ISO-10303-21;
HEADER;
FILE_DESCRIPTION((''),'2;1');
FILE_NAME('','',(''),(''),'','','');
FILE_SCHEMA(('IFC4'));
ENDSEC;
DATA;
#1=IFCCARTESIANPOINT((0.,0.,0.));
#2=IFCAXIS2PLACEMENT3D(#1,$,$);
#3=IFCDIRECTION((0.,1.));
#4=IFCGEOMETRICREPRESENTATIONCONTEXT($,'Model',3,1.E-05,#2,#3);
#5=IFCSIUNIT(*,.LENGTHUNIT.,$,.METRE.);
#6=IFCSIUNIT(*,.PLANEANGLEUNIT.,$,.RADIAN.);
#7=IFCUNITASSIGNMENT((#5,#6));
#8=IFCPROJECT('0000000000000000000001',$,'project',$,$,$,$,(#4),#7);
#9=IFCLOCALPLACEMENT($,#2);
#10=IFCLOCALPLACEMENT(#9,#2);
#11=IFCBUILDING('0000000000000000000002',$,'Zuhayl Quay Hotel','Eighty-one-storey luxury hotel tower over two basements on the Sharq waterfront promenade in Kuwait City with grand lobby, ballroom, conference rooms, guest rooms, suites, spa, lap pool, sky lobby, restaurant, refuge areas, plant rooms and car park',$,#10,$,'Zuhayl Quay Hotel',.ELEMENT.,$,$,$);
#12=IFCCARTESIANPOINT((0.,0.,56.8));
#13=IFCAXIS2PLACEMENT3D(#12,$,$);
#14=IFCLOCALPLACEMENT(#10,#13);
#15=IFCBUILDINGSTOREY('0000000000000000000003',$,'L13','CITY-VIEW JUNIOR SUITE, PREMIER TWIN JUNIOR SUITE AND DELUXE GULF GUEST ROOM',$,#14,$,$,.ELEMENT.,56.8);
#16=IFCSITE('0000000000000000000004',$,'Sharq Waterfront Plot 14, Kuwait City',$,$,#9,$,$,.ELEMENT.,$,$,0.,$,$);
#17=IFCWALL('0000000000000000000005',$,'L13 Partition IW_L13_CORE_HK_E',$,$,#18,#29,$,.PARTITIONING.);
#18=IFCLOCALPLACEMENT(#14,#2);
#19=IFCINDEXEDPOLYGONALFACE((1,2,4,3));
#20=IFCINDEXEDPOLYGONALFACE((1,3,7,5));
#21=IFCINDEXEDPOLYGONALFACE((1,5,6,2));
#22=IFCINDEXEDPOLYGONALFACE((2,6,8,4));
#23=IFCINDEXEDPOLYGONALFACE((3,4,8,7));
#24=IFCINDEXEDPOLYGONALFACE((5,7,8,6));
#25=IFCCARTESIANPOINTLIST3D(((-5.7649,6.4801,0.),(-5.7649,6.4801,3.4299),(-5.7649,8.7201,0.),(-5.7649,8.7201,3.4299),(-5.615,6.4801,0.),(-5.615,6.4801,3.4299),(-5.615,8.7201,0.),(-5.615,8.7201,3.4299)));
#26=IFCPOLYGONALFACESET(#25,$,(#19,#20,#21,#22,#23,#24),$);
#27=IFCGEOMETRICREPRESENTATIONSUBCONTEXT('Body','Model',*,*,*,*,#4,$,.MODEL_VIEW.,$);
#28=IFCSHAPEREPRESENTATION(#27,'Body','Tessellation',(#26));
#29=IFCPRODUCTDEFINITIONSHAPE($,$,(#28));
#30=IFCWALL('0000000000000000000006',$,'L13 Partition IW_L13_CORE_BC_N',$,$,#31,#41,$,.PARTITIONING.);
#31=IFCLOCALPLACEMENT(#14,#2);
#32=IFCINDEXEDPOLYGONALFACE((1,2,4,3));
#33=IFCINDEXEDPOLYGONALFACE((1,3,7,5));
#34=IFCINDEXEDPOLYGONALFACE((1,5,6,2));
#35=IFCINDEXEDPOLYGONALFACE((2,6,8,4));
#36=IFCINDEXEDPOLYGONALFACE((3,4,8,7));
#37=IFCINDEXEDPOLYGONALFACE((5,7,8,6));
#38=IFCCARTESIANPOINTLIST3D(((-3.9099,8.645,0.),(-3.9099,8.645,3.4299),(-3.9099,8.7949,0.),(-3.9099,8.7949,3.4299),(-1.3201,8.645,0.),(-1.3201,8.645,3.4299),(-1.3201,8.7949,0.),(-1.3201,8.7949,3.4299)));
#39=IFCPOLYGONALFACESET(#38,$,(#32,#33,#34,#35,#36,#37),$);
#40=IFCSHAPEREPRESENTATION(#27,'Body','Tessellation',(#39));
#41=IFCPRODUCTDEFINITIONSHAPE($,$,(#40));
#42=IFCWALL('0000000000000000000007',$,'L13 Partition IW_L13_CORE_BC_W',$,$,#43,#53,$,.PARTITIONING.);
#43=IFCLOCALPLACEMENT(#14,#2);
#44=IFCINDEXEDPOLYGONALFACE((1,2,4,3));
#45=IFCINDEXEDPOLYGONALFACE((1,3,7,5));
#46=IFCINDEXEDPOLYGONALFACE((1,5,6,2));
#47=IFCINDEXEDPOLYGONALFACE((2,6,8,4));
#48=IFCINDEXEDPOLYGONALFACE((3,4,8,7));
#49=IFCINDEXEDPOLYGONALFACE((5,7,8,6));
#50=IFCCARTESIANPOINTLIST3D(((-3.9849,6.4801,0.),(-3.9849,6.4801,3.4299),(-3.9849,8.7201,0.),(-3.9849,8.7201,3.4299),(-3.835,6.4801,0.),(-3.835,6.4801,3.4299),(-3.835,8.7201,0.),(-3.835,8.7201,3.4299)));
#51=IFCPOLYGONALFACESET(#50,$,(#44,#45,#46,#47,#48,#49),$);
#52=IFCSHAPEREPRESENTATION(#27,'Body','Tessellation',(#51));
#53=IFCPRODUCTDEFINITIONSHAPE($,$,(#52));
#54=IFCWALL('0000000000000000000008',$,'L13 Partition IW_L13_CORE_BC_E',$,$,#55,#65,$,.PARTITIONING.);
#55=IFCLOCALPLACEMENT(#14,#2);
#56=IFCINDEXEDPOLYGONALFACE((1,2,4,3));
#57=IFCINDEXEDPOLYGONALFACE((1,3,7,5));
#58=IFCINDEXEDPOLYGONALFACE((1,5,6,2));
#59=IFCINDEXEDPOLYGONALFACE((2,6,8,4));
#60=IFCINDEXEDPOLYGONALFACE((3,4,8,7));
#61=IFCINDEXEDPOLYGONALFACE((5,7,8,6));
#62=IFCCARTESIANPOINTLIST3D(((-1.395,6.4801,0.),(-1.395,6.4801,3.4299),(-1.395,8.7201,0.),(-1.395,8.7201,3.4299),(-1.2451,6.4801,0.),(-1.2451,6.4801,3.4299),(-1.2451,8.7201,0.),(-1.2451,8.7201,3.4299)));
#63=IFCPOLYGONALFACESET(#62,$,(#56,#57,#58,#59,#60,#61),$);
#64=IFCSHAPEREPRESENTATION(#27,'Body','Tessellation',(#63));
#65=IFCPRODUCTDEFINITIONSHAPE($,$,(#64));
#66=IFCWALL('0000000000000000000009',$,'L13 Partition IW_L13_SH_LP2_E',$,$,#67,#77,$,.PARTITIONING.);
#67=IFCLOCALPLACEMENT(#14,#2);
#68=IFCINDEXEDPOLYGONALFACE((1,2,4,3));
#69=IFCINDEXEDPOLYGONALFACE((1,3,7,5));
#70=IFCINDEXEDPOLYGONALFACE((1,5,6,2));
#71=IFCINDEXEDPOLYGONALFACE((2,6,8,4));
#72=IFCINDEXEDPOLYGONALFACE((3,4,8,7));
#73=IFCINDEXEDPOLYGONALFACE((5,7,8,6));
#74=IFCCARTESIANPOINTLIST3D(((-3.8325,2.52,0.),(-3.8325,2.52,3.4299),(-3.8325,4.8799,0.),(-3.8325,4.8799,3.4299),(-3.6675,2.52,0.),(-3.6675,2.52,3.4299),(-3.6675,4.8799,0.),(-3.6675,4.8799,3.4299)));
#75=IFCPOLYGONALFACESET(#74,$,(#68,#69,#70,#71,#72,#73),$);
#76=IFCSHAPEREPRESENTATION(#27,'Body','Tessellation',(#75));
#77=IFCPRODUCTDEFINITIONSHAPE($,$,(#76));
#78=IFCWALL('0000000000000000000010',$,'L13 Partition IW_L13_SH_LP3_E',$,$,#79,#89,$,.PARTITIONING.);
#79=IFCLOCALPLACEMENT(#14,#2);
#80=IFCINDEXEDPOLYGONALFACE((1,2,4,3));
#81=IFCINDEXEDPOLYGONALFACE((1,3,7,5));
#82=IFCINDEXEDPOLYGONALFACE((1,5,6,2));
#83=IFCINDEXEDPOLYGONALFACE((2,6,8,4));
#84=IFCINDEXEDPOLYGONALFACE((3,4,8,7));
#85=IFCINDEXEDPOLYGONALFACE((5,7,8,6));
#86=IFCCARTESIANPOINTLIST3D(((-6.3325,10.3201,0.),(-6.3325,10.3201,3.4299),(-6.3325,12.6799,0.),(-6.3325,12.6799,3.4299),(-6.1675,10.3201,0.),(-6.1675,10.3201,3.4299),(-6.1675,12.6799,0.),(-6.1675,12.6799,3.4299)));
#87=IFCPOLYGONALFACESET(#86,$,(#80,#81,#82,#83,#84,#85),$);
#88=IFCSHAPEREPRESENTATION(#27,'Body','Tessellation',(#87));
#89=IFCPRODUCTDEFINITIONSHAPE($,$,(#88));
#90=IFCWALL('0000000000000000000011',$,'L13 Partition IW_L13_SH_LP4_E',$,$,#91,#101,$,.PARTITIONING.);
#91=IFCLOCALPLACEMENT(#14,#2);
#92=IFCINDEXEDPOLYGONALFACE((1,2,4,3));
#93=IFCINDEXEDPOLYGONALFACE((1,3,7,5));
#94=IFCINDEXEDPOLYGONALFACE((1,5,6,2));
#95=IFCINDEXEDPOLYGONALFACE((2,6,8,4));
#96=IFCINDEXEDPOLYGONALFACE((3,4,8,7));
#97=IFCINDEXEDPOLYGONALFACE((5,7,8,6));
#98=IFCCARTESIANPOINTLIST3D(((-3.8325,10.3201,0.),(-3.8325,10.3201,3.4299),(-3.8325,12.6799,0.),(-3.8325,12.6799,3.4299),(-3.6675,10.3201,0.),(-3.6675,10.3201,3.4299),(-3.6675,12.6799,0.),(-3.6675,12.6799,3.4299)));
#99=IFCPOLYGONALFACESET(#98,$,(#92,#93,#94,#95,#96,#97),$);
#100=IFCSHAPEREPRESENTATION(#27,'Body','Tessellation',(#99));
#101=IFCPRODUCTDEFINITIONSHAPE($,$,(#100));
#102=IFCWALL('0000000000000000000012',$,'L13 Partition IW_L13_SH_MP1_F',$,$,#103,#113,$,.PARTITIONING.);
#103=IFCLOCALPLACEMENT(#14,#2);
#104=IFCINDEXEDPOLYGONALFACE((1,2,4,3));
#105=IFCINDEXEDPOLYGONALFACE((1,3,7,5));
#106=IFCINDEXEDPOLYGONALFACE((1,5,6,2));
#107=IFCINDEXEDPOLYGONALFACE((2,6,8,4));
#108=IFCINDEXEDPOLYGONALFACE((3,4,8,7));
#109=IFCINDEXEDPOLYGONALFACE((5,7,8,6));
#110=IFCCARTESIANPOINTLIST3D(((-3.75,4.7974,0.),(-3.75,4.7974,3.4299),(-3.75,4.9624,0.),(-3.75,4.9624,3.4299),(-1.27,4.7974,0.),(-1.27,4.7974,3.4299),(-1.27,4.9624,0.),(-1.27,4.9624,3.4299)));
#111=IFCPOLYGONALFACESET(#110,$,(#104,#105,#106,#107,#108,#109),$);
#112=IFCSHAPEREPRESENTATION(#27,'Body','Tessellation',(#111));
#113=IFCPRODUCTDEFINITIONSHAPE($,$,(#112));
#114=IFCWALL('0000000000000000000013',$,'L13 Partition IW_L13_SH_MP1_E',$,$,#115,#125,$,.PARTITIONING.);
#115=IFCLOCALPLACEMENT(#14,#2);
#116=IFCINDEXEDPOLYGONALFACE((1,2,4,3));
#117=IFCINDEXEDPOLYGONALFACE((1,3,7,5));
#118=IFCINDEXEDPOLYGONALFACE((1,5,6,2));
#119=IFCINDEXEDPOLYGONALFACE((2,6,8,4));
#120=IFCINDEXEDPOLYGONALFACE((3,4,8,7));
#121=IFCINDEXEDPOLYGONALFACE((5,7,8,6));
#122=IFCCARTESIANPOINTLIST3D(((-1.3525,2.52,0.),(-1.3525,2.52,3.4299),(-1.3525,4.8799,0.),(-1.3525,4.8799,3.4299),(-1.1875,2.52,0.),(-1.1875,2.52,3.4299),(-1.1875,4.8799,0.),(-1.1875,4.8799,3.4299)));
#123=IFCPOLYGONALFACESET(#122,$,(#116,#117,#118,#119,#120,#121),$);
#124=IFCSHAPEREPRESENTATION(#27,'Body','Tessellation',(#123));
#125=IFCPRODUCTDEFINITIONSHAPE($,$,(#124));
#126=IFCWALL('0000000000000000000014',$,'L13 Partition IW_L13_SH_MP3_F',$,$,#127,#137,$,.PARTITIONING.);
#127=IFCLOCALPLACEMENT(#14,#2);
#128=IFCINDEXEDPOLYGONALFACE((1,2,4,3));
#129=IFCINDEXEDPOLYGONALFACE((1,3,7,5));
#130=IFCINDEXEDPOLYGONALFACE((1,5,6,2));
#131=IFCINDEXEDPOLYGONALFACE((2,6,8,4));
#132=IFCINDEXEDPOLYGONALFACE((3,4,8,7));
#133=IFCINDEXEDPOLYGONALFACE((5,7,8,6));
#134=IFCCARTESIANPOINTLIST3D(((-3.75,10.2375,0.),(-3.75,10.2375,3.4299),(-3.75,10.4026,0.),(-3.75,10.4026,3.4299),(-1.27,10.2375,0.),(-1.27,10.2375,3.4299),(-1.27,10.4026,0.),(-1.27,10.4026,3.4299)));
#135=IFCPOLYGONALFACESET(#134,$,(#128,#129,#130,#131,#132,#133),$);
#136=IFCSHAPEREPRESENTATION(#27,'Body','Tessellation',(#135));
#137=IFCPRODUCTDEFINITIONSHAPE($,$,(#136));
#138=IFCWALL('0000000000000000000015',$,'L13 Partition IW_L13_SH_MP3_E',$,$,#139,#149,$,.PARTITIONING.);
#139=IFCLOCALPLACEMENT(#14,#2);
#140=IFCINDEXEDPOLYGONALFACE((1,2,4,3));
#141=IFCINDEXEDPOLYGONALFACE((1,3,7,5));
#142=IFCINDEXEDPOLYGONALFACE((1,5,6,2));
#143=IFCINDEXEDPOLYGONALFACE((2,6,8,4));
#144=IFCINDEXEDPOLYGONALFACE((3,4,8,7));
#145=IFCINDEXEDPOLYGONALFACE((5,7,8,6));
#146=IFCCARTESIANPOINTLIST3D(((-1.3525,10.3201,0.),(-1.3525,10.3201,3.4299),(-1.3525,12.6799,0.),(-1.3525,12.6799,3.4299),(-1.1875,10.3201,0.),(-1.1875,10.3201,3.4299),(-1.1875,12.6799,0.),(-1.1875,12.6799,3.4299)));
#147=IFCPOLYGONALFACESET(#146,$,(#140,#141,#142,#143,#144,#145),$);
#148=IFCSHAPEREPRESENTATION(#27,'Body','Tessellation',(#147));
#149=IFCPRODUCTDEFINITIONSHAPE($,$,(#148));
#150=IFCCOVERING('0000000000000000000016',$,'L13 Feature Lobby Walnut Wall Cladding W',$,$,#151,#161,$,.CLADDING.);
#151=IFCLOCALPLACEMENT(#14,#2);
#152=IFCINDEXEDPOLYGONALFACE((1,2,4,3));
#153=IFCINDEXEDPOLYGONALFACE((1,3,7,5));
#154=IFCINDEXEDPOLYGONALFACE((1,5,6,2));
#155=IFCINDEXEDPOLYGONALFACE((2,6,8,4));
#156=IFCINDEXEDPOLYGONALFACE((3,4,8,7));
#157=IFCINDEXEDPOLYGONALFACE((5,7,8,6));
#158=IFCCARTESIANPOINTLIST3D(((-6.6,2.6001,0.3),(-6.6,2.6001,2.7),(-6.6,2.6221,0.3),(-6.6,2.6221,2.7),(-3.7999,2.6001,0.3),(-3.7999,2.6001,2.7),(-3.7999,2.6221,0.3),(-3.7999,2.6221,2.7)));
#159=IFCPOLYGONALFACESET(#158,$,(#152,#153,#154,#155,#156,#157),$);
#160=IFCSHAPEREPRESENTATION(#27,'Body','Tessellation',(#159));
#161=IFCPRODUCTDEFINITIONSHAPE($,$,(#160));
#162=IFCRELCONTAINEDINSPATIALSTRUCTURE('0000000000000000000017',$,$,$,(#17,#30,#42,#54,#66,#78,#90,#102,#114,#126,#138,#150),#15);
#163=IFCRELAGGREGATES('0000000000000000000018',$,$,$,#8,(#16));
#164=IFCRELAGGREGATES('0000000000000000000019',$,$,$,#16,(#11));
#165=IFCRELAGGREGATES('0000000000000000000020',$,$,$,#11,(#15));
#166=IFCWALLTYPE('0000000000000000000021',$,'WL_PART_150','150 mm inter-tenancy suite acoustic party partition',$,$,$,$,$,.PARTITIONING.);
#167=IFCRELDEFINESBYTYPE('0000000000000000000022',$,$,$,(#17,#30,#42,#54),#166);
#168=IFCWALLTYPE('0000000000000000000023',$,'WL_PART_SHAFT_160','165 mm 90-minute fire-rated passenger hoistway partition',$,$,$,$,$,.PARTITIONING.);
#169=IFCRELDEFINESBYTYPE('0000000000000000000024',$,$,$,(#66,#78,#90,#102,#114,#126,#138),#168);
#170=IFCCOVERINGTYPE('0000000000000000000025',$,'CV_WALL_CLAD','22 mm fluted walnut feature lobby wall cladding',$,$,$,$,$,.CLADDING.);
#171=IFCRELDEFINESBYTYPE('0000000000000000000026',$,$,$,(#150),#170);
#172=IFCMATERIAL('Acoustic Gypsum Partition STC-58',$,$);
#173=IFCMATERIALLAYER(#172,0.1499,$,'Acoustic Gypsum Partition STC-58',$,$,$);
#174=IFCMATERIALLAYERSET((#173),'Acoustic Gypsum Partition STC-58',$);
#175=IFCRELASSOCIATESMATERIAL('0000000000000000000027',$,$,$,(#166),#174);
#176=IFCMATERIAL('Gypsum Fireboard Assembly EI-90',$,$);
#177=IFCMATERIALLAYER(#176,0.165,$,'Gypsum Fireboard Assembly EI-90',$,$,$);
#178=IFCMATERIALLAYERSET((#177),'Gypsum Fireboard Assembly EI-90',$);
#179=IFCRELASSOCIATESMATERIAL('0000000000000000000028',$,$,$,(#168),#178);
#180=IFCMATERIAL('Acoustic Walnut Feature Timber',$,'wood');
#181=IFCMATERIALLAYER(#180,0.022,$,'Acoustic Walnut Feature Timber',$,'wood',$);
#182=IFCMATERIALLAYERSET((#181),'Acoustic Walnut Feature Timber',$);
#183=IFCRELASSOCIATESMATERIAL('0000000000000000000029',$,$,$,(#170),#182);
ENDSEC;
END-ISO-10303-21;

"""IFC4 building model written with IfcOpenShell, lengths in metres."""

from ifc_helpers import new_model, si_unit, direction, frame, frame_2d, origin, origin_2d, place, context, subcontext, project, spatial, rectangle, extrude, material, layer, layer_set, type_object, element, save


model = new_model("IFC4")

# Units and contexts
model_context = context("Model", 3, precision=1e-05, world=origin(), true_north=direction((0.0, 1.0)))
body_context = subcontext(model_context, "Body", "Model", "MODEL_VIEW")
ifc_project = project(units=[si_unit("LENGTHUNIT", "METRE"), si_unit("PLANEANGLEUNIT", "RADIAN")], contexts=[model_context])

# Site, building, storey
site_placement = place(None, origin())
site = spatial("IfcSite", under=ifc_project, at=site_placement, Name="Sharq Waterfront Plot 14, Kuwait City", CompositionType="ELEMENT", RefElevation=0.0)
building_placement = place(site_placement, origin())
building = spatial("IfcBuilding", under=site, at=building_placement, Name="Zuhayl Quay Hotel", Description="Eighty-one-storey luxury hotel tower over two basements on the Sharq waterfront promenade in Kuwait City with grand lobby, ballroom, conference rooms, guest rooms, suites, spa, lap pool, sky lobby, restaurant, refuge areas, plant rooms and car park", LongName="Zuhayl Quay Hotel", CompositionType="ELEMENT")
storey_placement = place(building_placement, frame((0.0, 0.0, 56.8)))
storey = spatial("IfcBuildingStorey", under=building, at=storey_placement, Name="L13", Description="CITY-VIEW JUNIOR SUITE, PREMIER TWIN JUNIOR SUITE AND DELUXE GULF GUEST ROOM", CompositionType="ELEMENT", Elevation=56.8)

# Shared definitions
ifc_material_1 = material(Name="Acoustic Gypsum Partition STC-58")
ifc_layer_1 = layer(ifc_material_1, 0.1499, Name="Acoustic Gypsum Partition STC-58")
ifc_layer_set_1 = layer_set([ifc_layer_1], Name="Acoustic Gypsum Partition STC-58")
wall_type_1 = type_object("IfcWallType", Name="WL_PART_150", Description="150 mm inter-tenancy suite acoustic party partition", PredefinedType="PARTITIONING", material=ifc_layer_set_1)

# Walls
wall_1_placement = place(storey_placement, frame((-5.6899, 6.48, 0.0), z_axis=(0.0, 0.0, 1.0), x_axis=(0.0, 1.0, 0.0)))
element("IfcWall", 1, at=wall_1_placement, inside=storey, type_object=wall_type_1, Name="L13 Partition IW_L13_CORE_HK_E", PredefinedType="PARTITIONING", context=body_context, shape_type="SweptSolid", body=[
    extrude(rectangle(XDim=2.24, YDim=0.1499, at=frame_2d((1.1201, 0.0))), origin(), (0.0, 0.0, 1.0), 3.4299),
])
wall_2_placement = place(storey_placement, frame((-3.9099, 8.72, 0.0), z_axis=(0.0, 0.0, 1.0), x_axis=(1.0, 0.0, 0.0)))
element("IfcWall", 2, at=wall_2_placement, inside=storey, type_object=wall_type_1, Name="L13 Partition IW_L13_CORE_BC_N", PredefinedType="PARTITIONING", context=body_context, shape_type="SweptSolid", body=[
    extrude(rectangle(XDim=2.5898, YDim=0.1499, at=frame_2d((1.2949, 0.0))), origin(), (0.0, 0.0, 1.0), 3.4299),
])
for number, where, z_axis, x_axis, name in (
    (3, (-3.9099, 6.48, 0.0), (0.0, 0.0, 1.0), (0.0, 1.0, 0.0), "L13 Partition IW_L13_CORE_BC_W"),
    (4, (-1.3201, 6.48, 0.0), (0.0, 0.0, 1.0), (0.0, 1.0, 0.0), "L13 Partition IW_L13_CORE_BC_E"),
):
    element("IfcWall", number, at=place(storey_placement, frame(where, z_axis=z_axis, x_axis=x_axis)), inside=storey, type_object=wall_type_1, Name=name, PredefinedType="PARTITIONING", context=body_context, shape_type="SweptSolid", body=[
        extrude(rectangle(XDim=2.24, YDim=0.1499, at=frame_2d((1.1201, 0.0))), origin(), (0.0, 0.0, 1.0), 3.4299),
    ])
ifc_material_2 = material(Name="Gypsum Fireboard Assembly EI-90")
ifc_layer_2 = layer(ifc_material_2, 0.165, Name="Gypsum Fireboard Assembly EI-90")
ifc_layer_set_2 = layer_set([ifc_layer_2], Name="Gypsum Fireboard Assembly EI-90")
wall_type_2 = type_object("IfcWallType", Name="WL_PART_SHAFT_160", Description="165 mm 90-minute fire-rated passenger hoistway partition", PredefinedType="PARTITIONING", material=ifc_layer_set_2)
for number, where, z_axis, x_axis, name in (
    (5, (-3.75, 2.52, 0.0), (0.0, 0.0, 1.0), (0.0, 1.0, 0.0), "L13 Partition IW_L13_SH_LP2_E"),
    (6, (-6.25, 10.3201, 0.0), (0.0, 0.0, 1.0), (0.0, 1.0, 0.0), "L13 Partition IW_L13_SH_LP3_E"),
    (7, (-3.75, 10.3201, 0.0), (0.0, 0.0, 1.0), (0.0, 1.0, 0.0), "L13 Partition IW_L13_SH_LP4_E"),
):
    element("IfcWall", number, at=place(storey_placement, frame(where, z_axis=z_axis, x_axis=x_axis)), inside=storey, type_object=wall_type_2, Name=name, PredefinedType="PARTITIONING", context=body_context, shape_type="SweptSolid", body=[
        extrude(rectangle(XDim=2.3599, YDim=0.165, at=frame_2d((1.1799, 0.0))), origin(), (0.0, 0.0, 1.0), 3.4299),
    ])
wall_3_placement = place(storey_placement, frame((-3.75, 4.8799, 0.0), z_axis=(0.0, 0.0, 1.0), x_axis=(1.0, 0.0, 0.0)))
element("IfcWall", 8, at=wall_3_placement, inside=storey, type_object=wall_type_2, Name="L13 Partition IW_L13_SH_MP1_F", PredefinedType="PARTITIONING", context=body_context, shape_type="SweptSolid", body=[
    extrude(rectangle(XDim=2.48, YDim=0.165, at=frame_2d((1.24, 0.0))), origin(), (0.0, 0.0, 1.0), 3.4299),
])
wall_4_placement = place(storey_placement, frame((-1.27, 2.52, 0.0), z_axis=(0.0, 0.0, 1.0), x_axis=(0.0, 1.0, 0.0)))
element("IfcWall", 9, at=wall_4_placement, inside=storey, type_object=wall_type_2, Name="L13 Partition IW_L13_SH_MP1_E", PredefinedType="PARTITIONING", context=body_context, shape_type="SweptSolid", body=[
    extrude(rectangle(XDim=2.3599, YDim=0.165, at=frame_2d((1.1799, 0.0))), origin(), (0.0, 0.0, 1.0), 3.4299),
])
wall_5_placement = place(storey_placement, frame((-3.75, 10.3201, 0.0), z_axis=(0.0, 0.0, 1.0), x_axis=(1.0, 0.0, 0.0)))
element("IfcWall", 10, at=wall_5_placement, inside=storey, type_object=wall_type_2, Name="L13 Partition IW_L13_SH_MP3_F", PredefinedType="PARTITIONING", context=body_context, shape_type="SweptSolid", body=[
    extrude(rectangle(XDim=2.48, YDim=0.165, at=frame_2d((1.24, 0.0))), origin(), (0.0, 0.0, 1.0), 3.4299),
])
wall_6_placement = place(storey_placement, frame((-1.27, 10.3201, 0.0), z_axis=(0.0, 0.0, 1.0), x_axis=(0.0, 1.0, 0.0)))
element("IfcWall", 11, at=wall_6_placement, inside=storey, type_object=wall_type_2, Name="L13 Partition IW_L13_SH_MP3_E", PredefinedType="PARTITIONING", context=body_context, shape_type="SweptSolid", body=[
    extrude(rectangle(XDim=2.3599, YDim=0.165, at=frame_2d((1.1799, 0.0))), origin(), (0.0, 0.0, 1.0), 3.4299),
])

# Covering
ifc_material_3 = material(Name="Acoustic Walnut Feature Timber", Category="wood")
ifc_layer_3 = layer(ifc_material_3, 0.022, Name="Acoustic Walnut Feature Timber", Category="wood")
ifc_layer_set_3 = layer_set([ifc_layer_3], Name="Acoustic Walnut Feature Timber")
covering_type = type_object("IfcCoveringType", Name="CV_WALL_CLAD", Description="22 mm fluted walnut feature lobby wall cladding", PredefinedType="CLADDING", material=ifc_layer_set_3)
covering_placement = place(storey_placement, frame((-5.2, 2.6111, 0.3), z_axis=(0.0, 0.0, 1.0), x_axis=(1.0, 0.0, 0.0)))
element("IfcCovering", 12, at=covering_placement, inside=storey, type_object=covering_type, Name="L13 Feature Lobby Walnut Wall Cladding W", PredefinedType="CLADDING", context=body_context, shape_type="SweptSolid", body=[
    extrude(rectangle(XDim=2.8, YDim=0.022, at=origin_2d()), origin(), (0.0, 0.0, 1.0), 2.3999),
])

save(model, "model.ifc")
